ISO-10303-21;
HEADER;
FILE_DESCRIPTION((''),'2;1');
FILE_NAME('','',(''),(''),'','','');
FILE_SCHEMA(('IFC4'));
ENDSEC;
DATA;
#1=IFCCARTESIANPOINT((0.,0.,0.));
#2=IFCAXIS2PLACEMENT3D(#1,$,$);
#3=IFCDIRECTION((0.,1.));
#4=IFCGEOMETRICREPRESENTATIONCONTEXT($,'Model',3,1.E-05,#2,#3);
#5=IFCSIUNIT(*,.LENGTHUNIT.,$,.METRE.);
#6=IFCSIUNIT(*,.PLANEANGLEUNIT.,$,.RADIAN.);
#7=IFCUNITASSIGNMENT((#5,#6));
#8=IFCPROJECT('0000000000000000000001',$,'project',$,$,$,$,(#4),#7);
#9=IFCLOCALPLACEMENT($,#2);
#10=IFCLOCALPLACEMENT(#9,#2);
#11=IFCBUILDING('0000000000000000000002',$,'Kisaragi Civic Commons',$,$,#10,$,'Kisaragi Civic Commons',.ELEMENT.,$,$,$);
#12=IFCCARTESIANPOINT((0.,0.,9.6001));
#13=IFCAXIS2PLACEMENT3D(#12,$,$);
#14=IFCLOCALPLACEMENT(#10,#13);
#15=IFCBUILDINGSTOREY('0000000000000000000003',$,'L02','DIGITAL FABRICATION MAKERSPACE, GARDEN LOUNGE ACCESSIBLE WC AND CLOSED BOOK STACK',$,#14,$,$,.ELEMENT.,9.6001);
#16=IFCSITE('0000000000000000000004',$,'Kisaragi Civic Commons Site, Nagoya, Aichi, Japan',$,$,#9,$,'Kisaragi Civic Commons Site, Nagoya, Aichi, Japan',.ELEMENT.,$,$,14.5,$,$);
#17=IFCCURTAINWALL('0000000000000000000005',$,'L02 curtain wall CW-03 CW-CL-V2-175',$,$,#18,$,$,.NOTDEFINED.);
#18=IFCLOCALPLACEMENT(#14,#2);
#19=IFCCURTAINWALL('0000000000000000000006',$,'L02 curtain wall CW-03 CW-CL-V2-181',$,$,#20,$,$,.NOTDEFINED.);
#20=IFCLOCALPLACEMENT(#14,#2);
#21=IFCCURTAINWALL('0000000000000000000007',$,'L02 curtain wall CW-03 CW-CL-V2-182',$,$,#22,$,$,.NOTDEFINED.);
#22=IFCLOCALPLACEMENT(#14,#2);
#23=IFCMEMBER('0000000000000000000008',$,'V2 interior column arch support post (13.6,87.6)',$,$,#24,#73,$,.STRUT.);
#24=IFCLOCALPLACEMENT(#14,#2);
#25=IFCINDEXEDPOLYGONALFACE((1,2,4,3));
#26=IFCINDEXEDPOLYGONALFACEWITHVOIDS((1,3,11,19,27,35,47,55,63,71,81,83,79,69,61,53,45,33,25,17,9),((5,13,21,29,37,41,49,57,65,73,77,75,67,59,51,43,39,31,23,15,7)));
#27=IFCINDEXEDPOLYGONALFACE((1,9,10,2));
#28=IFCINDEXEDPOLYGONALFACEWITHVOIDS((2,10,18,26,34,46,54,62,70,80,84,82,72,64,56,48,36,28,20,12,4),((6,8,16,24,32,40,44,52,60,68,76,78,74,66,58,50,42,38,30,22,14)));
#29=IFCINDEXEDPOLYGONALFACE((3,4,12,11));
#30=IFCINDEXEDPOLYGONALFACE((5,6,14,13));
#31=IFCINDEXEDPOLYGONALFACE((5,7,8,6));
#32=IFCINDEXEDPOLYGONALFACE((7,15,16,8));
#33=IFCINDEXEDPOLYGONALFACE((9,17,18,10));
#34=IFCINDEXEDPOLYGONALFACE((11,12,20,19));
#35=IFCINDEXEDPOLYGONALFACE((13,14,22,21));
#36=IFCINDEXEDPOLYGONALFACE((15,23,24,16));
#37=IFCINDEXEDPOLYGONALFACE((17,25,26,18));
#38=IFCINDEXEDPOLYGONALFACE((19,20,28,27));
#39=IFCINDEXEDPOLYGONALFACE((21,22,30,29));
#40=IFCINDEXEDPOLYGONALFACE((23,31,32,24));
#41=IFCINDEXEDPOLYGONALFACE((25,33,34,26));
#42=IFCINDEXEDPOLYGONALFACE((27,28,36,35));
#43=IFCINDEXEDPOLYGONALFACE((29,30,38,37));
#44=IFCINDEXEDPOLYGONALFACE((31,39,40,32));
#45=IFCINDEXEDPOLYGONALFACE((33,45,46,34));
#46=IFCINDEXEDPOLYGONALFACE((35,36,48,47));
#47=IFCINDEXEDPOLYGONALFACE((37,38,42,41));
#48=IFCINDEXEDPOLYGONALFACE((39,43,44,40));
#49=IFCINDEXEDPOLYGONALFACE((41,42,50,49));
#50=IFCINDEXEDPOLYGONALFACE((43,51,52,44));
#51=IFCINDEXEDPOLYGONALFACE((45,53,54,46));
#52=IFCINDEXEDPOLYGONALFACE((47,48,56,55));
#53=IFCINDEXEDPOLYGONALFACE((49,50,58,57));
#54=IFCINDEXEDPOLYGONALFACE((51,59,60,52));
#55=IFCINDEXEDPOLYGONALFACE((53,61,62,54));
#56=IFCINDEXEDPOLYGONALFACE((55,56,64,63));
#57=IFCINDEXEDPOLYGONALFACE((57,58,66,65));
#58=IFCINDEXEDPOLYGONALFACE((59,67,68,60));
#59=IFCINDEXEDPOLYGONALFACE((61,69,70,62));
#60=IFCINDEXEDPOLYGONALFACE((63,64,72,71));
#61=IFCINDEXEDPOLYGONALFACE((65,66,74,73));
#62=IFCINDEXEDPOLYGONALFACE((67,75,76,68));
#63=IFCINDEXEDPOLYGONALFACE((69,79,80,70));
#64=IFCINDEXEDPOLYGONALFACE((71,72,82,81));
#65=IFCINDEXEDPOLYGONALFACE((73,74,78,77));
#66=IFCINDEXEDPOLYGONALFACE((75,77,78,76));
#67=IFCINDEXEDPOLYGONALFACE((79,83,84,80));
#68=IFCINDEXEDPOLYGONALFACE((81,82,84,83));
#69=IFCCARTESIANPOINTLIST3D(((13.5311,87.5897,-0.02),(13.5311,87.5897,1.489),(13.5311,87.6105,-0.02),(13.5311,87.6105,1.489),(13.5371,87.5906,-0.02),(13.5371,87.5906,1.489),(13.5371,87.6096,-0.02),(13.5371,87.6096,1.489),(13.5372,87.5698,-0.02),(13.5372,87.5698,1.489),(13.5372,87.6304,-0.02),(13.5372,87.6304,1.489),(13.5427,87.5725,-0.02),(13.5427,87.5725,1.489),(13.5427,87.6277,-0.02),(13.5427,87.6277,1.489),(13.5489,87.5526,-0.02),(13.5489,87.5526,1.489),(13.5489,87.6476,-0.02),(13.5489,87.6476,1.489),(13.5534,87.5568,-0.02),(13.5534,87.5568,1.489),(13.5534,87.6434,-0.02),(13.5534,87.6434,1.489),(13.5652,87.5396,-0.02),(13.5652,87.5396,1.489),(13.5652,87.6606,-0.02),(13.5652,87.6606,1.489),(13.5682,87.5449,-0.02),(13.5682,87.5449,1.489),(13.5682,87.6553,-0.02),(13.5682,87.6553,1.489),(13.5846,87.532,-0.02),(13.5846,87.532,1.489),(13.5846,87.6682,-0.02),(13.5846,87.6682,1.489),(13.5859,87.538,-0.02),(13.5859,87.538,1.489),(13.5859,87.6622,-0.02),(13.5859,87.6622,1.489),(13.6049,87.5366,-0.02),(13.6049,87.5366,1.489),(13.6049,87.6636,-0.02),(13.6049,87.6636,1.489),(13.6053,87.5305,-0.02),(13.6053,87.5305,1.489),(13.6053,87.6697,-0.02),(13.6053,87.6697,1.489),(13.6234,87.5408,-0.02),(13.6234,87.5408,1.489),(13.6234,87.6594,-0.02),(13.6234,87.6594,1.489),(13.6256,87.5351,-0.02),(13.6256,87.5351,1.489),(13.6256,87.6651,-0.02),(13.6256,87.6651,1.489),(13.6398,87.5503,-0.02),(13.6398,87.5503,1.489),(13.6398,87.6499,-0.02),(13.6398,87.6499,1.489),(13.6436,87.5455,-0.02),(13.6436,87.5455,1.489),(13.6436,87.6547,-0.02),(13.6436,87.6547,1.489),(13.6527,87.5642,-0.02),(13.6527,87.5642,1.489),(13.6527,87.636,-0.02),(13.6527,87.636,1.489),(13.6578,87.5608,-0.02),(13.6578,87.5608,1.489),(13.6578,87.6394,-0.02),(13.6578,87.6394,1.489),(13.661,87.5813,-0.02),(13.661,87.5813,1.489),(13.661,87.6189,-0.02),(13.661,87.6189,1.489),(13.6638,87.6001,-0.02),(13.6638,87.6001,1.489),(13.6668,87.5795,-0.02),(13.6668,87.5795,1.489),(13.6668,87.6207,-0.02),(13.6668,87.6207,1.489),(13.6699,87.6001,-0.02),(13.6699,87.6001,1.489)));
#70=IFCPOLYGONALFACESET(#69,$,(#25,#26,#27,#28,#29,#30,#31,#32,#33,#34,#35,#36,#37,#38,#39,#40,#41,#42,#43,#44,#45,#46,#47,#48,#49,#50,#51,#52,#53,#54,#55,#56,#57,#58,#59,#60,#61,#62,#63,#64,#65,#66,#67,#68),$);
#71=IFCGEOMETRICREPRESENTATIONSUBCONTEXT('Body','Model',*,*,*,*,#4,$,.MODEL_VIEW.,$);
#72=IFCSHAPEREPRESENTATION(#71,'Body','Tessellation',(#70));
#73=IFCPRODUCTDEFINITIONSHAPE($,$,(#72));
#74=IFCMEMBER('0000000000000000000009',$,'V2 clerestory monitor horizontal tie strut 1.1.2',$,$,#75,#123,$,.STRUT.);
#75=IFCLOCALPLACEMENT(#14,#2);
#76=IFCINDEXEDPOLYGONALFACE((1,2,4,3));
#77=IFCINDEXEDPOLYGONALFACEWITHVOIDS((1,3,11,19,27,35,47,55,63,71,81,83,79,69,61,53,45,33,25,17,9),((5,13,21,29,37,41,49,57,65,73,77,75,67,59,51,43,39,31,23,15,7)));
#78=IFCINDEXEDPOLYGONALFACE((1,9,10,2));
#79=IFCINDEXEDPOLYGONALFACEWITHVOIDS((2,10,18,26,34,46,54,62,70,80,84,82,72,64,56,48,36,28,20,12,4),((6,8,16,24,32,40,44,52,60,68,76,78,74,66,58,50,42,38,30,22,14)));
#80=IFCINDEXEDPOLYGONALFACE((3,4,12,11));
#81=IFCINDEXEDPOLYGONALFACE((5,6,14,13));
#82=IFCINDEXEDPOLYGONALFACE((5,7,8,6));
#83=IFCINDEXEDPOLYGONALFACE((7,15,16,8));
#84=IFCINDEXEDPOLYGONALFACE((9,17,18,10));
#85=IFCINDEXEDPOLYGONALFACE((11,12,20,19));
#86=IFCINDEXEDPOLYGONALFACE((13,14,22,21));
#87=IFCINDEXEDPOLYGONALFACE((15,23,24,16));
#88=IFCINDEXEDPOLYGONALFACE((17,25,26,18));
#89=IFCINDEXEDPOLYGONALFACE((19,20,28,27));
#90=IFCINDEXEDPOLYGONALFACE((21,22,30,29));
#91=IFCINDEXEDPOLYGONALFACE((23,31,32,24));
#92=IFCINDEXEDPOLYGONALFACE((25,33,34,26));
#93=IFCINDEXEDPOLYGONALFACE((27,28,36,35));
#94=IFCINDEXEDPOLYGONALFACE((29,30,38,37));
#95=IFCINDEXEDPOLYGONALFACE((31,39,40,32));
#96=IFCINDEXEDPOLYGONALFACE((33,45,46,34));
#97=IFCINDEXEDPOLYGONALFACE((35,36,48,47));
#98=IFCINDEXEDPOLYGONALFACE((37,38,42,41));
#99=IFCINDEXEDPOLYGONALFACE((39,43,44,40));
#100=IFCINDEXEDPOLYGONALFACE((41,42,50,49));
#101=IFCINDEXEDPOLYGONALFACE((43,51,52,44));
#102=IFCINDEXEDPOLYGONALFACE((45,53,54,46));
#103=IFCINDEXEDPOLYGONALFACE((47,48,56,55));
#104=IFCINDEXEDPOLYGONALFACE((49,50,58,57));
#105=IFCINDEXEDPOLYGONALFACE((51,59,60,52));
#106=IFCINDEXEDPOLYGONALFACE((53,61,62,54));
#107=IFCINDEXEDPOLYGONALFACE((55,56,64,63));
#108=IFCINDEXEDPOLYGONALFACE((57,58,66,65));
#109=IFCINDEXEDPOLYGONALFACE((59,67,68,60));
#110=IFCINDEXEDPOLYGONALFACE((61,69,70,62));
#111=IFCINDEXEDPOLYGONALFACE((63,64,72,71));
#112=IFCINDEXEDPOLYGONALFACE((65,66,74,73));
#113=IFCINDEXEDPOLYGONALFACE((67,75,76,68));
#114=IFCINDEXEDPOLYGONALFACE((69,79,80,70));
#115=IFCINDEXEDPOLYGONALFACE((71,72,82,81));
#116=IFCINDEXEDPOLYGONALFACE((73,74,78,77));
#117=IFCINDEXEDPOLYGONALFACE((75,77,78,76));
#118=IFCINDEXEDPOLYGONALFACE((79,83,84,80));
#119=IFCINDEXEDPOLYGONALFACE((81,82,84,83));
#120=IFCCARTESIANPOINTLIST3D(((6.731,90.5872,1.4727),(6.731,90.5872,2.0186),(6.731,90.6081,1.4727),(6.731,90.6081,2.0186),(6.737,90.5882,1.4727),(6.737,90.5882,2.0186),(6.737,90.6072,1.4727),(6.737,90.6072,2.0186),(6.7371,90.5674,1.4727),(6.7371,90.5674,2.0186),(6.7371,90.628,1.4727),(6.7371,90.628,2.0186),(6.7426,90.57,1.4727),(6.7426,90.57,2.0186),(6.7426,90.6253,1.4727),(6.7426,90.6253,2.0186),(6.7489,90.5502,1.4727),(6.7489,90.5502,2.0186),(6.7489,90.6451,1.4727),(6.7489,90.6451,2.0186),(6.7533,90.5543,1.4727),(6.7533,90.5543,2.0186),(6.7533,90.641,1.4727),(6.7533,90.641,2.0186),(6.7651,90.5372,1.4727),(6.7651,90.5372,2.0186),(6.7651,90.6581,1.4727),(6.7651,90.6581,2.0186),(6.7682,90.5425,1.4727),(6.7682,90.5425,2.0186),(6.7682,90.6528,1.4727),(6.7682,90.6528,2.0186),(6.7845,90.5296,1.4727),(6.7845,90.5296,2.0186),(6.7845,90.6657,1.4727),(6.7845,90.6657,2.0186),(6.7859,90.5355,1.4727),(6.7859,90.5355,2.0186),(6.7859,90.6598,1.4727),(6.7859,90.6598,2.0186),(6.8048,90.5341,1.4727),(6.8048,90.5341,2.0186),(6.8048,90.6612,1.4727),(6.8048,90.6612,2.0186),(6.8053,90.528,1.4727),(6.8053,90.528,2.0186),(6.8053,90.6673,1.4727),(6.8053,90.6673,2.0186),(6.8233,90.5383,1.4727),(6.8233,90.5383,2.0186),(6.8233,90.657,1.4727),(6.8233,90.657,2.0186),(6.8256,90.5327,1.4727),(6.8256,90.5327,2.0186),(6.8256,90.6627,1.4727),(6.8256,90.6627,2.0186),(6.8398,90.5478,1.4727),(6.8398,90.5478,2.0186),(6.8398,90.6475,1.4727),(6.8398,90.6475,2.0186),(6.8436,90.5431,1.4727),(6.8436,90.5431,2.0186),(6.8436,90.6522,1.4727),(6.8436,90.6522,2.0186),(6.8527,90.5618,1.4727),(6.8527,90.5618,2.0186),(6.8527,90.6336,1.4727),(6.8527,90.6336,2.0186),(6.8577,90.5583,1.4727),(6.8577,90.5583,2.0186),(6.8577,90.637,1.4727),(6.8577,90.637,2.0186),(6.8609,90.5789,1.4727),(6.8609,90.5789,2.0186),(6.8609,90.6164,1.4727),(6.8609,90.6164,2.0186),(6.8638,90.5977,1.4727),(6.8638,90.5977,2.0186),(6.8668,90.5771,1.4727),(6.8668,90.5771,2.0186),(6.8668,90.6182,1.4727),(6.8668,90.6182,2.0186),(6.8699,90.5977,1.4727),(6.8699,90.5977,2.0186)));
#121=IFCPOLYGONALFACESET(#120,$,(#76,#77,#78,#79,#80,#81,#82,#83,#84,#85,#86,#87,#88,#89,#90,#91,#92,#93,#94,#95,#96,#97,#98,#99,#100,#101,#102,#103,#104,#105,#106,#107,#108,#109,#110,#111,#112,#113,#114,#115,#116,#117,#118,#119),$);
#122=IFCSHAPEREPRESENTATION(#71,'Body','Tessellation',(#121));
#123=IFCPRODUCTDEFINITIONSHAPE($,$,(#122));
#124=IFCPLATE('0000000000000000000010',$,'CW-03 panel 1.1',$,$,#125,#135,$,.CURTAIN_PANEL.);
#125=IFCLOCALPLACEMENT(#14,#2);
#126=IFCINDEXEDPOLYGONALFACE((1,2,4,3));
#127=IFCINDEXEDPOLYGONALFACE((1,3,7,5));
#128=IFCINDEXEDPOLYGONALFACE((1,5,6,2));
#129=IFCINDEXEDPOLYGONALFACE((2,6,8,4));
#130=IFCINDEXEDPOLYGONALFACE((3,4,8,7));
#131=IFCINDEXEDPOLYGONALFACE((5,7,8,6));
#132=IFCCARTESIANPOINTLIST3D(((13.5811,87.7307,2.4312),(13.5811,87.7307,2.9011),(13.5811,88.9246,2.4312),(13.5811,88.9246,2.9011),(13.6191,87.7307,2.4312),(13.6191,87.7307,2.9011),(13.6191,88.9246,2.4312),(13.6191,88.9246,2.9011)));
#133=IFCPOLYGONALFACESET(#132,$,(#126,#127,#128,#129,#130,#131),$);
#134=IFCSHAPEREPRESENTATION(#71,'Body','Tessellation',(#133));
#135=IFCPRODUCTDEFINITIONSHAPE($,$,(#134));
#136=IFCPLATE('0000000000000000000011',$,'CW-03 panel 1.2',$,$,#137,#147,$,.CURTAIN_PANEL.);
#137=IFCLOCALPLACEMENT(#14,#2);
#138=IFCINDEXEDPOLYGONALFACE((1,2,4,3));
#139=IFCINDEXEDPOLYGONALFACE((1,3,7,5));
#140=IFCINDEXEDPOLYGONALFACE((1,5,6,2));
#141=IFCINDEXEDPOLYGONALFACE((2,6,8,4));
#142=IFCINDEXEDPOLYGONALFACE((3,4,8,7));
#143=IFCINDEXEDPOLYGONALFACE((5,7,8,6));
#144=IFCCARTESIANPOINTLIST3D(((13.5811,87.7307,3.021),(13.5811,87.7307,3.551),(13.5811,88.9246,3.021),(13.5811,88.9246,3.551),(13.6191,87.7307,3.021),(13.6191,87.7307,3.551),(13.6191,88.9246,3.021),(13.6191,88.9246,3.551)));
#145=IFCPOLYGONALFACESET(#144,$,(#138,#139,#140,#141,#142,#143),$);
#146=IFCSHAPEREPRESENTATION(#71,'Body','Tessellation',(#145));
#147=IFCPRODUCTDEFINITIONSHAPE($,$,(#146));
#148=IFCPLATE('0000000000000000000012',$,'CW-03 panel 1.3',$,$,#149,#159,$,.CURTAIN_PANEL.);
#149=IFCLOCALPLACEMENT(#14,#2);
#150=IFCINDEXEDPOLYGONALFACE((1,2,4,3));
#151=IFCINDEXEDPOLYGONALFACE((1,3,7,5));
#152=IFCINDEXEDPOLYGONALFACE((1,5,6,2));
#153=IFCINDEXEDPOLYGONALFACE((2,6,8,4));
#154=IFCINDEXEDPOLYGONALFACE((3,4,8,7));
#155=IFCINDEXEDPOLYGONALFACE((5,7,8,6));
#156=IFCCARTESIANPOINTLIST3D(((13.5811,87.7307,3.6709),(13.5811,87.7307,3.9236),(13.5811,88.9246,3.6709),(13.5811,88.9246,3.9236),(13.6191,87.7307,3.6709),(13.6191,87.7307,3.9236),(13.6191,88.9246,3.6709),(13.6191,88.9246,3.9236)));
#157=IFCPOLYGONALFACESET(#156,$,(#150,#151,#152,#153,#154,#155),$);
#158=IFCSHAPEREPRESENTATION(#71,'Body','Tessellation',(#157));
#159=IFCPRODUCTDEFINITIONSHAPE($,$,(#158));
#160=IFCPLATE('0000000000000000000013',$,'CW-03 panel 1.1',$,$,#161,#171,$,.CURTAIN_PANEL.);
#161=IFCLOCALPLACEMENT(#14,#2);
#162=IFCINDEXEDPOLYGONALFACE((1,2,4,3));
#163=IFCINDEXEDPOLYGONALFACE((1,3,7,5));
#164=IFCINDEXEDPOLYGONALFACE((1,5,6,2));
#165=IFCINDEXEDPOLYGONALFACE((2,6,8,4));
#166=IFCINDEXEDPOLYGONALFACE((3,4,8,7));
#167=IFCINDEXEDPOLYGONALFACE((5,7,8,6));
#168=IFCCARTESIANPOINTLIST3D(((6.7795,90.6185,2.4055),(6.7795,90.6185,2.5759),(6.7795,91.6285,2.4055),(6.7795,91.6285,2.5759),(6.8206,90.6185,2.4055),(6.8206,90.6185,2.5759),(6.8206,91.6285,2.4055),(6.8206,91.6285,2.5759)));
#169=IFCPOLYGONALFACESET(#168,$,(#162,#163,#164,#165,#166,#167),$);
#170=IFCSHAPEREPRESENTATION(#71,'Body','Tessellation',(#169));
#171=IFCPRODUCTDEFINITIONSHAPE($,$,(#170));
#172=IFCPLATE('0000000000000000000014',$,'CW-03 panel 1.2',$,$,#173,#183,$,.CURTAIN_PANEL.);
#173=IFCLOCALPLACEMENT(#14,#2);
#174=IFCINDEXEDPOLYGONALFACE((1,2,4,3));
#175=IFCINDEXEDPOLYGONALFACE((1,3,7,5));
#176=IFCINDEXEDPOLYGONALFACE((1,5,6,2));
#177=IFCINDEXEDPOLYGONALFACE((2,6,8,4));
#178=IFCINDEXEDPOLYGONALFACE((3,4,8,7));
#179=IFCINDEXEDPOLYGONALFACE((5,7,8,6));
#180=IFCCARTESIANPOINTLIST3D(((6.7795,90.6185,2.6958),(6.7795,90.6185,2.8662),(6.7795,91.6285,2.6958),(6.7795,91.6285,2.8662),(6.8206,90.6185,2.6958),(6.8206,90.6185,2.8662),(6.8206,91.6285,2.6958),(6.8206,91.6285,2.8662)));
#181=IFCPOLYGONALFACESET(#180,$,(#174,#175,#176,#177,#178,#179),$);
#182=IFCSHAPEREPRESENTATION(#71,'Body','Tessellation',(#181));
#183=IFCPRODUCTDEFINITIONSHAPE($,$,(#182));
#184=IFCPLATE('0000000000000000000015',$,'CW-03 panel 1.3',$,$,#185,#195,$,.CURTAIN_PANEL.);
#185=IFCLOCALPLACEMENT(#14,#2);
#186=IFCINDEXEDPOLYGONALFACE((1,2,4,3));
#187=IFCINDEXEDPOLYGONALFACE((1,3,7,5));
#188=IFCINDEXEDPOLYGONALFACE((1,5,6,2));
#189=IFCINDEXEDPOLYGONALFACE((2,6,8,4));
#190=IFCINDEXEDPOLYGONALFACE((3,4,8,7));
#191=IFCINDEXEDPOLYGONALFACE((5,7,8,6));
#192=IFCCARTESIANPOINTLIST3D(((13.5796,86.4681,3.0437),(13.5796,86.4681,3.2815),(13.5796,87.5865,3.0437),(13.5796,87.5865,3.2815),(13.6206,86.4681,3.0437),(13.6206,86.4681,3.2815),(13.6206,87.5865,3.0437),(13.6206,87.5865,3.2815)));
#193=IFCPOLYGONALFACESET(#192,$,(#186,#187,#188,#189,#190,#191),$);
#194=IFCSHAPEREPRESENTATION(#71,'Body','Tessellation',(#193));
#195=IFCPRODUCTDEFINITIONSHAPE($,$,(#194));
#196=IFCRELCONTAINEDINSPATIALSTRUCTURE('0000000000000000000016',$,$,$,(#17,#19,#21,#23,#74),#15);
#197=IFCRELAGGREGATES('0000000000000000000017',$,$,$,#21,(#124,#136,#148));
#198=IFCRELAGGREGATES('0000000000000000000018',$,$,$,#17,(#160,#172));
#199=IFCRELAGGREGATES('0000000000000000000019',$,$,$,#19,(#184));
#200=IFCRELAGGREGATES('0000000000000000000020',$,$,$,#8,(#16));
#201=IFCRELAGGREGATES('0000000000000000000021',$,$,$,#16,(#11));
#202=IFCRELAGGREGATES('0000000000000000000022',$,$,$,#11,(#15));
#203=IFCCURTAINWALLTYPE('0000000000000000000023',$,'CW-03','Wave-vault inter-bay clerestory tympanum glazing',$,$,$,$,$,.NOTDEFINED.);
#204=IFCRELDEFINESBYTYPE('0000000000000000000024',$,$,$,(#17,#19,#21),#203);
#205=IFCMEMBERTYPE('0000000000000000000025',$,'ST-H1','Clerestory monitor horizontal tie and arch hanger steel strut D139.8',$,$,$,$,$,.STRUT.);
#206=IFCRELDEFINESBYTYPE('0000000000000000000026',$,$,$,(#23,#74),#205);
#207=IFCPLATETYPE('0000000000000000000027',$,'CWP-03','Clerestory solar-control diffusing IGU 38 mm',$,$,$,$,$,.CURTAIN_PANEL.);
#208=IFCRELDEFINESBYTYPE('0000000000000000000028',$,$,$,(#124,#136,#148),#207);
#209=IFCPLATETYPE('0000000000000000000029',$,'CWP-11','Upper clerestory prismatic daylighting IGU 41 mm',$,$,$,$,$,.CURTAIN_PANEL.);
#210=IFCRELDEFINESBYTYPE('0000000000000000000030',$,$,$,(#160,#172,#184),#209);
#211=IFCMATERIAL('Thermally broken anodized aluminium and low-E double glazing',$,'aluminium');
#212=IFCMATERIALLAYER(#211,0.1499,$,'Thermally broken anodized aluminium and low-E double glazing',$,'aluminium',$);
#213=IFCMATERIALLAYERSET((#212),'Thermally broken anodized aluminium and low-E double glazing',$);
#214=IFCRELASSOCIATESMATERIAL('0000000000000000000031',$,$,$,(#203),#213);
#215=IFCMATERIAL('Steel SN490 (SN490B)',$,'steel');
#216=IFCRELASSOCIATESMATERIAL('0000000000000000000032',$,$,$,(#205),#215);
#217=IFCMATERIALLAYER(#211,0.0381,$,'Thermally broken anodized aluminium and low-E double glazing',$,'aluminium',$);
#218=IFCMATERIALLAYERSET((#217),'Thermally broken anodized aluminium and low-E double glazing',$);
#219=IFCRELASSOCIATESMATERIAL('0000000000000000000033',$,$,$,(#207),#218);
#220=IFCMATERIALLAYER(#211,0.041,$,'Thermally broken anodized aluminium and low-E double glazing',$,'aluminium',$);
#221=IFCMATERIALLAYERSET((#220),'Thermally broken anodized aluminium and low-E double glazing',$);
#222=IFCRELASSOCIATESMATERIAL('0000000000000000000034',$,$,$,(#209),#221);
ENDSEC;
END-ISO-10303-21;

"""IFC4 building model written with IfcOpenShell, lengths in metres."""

from ifc_helpers import new_model, si_unit, direction, frame, origin, origin_2d, place, context, subcontext, project, spatial, rectangle, hollow_circle, extrude, material, layer, layer_set, material_profile, profile_set, type_object, element, aggregate, save


model = new_model("IFC4")

# Units and contexts
model_context = context("Model", 3, precision=1e-05, world=origin(), true_north=direction((0.0, 1.0)))
body_context = subcontext(model_context, "Body", "Model", "MODEL_VIEW")
ifc_project = project(units=[si_unit("LENGTHUNIT", "METRE"), si_unit("PLANEANGLEUNIT", "RADIAN")], contexts=[model_context])

# Site, building, storey
site_placement = place(None, origin())
site = spatial("IfcSite", under=ifc_project, at=site_placement, Name="Kisaragi Civic Commons Site, Nagoya, Aichi, Japan", LongName="Kisaragi Civic Commons Site, Nagoya, Aichi, Japan", CompositionType="ELEMENT", RefElevation=14.5)
building_placement = place(site_placement, origin())
building = spatial("IfcBuilding", under=site, at=building_placement, Name="Kisaragi Civic Commons", LongName="Kisaragi Civic Commons", CompositionType="ELEMENT")
storey_placement = place(building_placement, frame((0.0, 0.0, 9.6001)))
storey = spatial("IfcBuildingStorey", under=building, at=storey_placement, Name="L02", Description="DIGITAL FABRICATION MAKERSPACE, GARDEN LOUNGE ACCESSIBLE WC AND CLOSED BOOK STACK", CompositionType="ELEMENT", Elevation=9.6001)

# Curtain wall
ifc_material_1 = material(Name="Thermally broken anodized aluminium and low-E double glazing", Category="aluminium")
ifc_layer_1 = layer(ifc_material_1, 0.1499, Name="Thermally broken anodized aluminium and low-E double glazing", Category="aluminium")
ifc_layer_set_1 = layer_set([ifc_layer_1], Name="Thermally broken anodized aluminium and low-E double glazing")
curtain_wall_type = type_object("IfcCurtainWallType", Name="CW-03", Description="Wave-vault inter-bay clerestory tympanum glazing", PredefinedType="NOTDEFINED", material=ifc_layer_set_1)
curtain_wall_1_placement = place(storey_placement, origin())
curtain_wall_1 = element("IfcCurtainWall", 1, at=curtain_wall_1_placement, inside=storey, type_object=curtain_wall_type, Name="L02 curtain wall CW-03 CW-CL-V2-175", PredefinedType="NOTDEFINED")

# Curtain walls
curtain_wall_2_placement = place(storey_placement, origin())
curtain_wall_2 = element("IfcCurtainWall", 2, at=curtain_wall_2_placement, inside=storey, type_object=curtain_wall_type, Name="L02 curtain wall CW-03 CW-CL-V2-181", PredefinedType="NOTDEFINED")
curtain_wall_3_placement = place(storey_placement, origin())
curtain_wall_3 = element("IfcCurtainWall", 3, at=curtain_wall_3_placement, inside=storey, type_object=curtain_wall_type, Name="L02 curtain wall CW-03 CW-CL-V2-182", PredefinedType="NOTDEFINED")

# Members
ifc_material_2 = material(Name="Steel SN490 (SN490B)", Category="steel")
ifc_material_profile_1 = material_profile(ifc_material_2, hollow_circle(Radius=0.0698, WallThickness=0.0061, at=origin_2d()), Name="CHS-139.8x6.0", Category="steel")
ifc_profile_set_1 = profile_set([ifc_material_profile_1], Name="Steel SN490 (SN490B)")
member_type_1 = type_object("IfcMemberType", Name="ST-H1", Description="Clerestory monitor horizontal tie and arch hanger steel strut D139.8", PredefinedType="STRUT", material=ifc_profile_set_1)
member_1_placement = place(storey_placement, frame((13.6001, 87.6001, -0.02), z_axis=(0.0, 0.0, 1.0), x_axis=(1.0, 0.0, 0.0)))
element("IfcMember", 4, at=member_1_placement, inside=storey, type_object=member_type_1, Name="V2 interior column arch support post (13.6,87.6)", PredefinedType="STRUT", context=body_context, shape_type="SweptSolid", body=[
    extrude(hollow_circle(Radius=0.0698, WallThickness=0.0061, at=origin_2d()), origin(), (0.0, 0.0, 1.0), 1.509),
])
member_2_placement = place(storey_placement, frame((6.8, 90.5977, 1.4727), z_axis=(0.0, 0.0, 1.0), x_axis=(1.0, 0.0, 0.0)))
element("IfcMember", 5, at=member_2_placement, inside=storey, type_object=member_type_1, Name="V2 clerestory monitor horizontal tie strut 1.1.2", PredefinedType="STRUT", context=body_context, shape_type="SweptSolid", body=[
    extrude(hollow_circle(Radius=0.0698, WallThickness=0.0061, at=origin_2d()), origin(), (0.0, 0.0, 1.0), 0.5459),
])

# Plates
ifc_layer_2 = layer(ifc_material_1, 0.0381, Name="Thermally broken anodized aluminium and low-E double glazing", Category="aluminium")
ifc_layer_set_2 = layer_set([ifc_layer_2], Name="Thermally broken anodized aluminium and low-E double glazing")
plate_type_1 = type_object("IfcPlateType", Name="CWP-03", Description="Clerestory solar-control diffusing IGU 38 mm", PredefinedType="CURTAIN_PANEL", material=ifc_layer_set_2)
plate_1_placement = place(storey_placement, frame((13.6001, 88.3276, 2.4312), z_axis=(0.0, 0.0, 1.0), x_axis=(0.0, 1.0, 0.0)))
plate_1 = element("IfcPlate", 6, at=plate_1_placement, type_object=plate_type_1, Name="CW-03 panel 1.1", PredefinedType="CURTAIN_PANEL", context=body_context, shape_type="SweptSolid", body=[
    extrude(rectangle(XDim=1.1938, YDim=0.0381, at=origin_2d()), origin(), (0.0, 0.0, 1.0), 0.47),
])
plate_2_placement = place(storey_placement, frame((13.6001, 88.3276, 3.021), z_axis=(0.0, 0.0, 1.0), x_axis=(0.0, 1.0, 0.0)))
plate_2 = element("IfcPlate", 7, at=plate_2_placement, type_object=plate_type_1, Name="CW-03 panel 1.2", PredefinedType="CURTAIN_PANEL", context=body_context, shape_type="SweptSolid", body=[
    extrude(rectangle(XDim=1.1938, YDim=0.0381, at=origin_2d()), origin(), (0.0, 0.0, 1.0), 0.53),
])
plate_3_placement = place(storey_placement, frame((13.6001, 88.3276, 3.6709), z_axis=(0.0, 0.0, 1.0), x_axis=(0.0, 1.0, 0.0)))
plate_3 = element("IfcPlate", 8, at=plate_3_placement, type_object=plate_type_1, Name="CW-03 panel 1.3", PredefinedType="CURTAIN_PANEL", context=body_context, shape_type="SweptSolid", body=[
    extrude(rectangle(XDim=1.1938, YDim=0.0381, at=origin_2d()), origin(), (0.0, 0.0, 1.0), 0.2527),
])
aggregate(curtain_wall_3, [plate_1, plate_2, plate_3])
ifc_layer_3 = layer(ifc_material_1, 0.041, Name="Thermally broken anodized aluminium and low-E double glazing", Category="aluminium")
ifc_layer_set_3 = layer_set([ifc_layer_3], Name="Thermally broken anodized aluminium and low-E double glazing")
plate_type_2 = type_object("IfcPlateType", Name="CWP-11", Description="Upper clerestory prismatic daylighting IGU 41 mm", PredefinedType="CURTAIN_PANEL", material=ifc_layer_set_3)
plate_4_placement = place(storey_placement, frame((6.8, 91.1235, 2.4055), z_axis=(0.0, 0.0, 1.0), x_axis=(0.0, 1.0, 0.0)))
plate_4 = element("IfcPlate", 9, at=plate_4_placement, type_object=plate_type_2, Name="CW-03 panel 1.1", PredefinedType="CURTAIN_PANEL", context=body_context, shape_type="SweptSolid", body=[
    extrude(rectangle(XDim=1.01, YDim=0.041, at=origin_2d()), origin(), (0.0, 0.0, 1.0), 0.1704),
])
plate_5_placement = place(storey_placement, frame((6.8, 91.1235, 2.6958), z_axis=(0.0, 0.0, 1.0), x_axis=(0.0, 1.0, 0.0)))
plate_5 = element("IfcPlate", 10, at=plate_5_placement, type_object=plate_type_2, Name="CW-03 panel 1.2", PredefinedType="CURTAIN_PANEL", context=body_context, shape_type="SweptSolid", body=[
    extrude(rectangle(XDim=1.01, YDim=0.041, at=origin_2d()), origin(), (0.0, 0.0, 1.0), 0.1704),
])
aggregate(curtain_wall_1, [plate_4, plate_5])
plate_6_placement = place(storey_placement, frame((13.6001, 87.0273, 3.0437), z_axis=(0.0, 0.0, 1.0), x_axis=(0.0, 1.0, 0.0)))
plate_6 = element("IfcPlate", 11, at=plate_6_placement, type_object=plate_type_2, Name="CW-03 panel 1.3", PredefinedType="CURTAIN_PANEL", context=body_context, shape_type="SweptSolid", body=[
    extrude(rectangle(XDim=1.1184, YDim=0.041, at=origin_2d()), origin(), (0.0, 0.0, 1.0), 0.2378),
])
aggregate(curtain_wall_2, [plate_6])

save(model, "model.ifc")
